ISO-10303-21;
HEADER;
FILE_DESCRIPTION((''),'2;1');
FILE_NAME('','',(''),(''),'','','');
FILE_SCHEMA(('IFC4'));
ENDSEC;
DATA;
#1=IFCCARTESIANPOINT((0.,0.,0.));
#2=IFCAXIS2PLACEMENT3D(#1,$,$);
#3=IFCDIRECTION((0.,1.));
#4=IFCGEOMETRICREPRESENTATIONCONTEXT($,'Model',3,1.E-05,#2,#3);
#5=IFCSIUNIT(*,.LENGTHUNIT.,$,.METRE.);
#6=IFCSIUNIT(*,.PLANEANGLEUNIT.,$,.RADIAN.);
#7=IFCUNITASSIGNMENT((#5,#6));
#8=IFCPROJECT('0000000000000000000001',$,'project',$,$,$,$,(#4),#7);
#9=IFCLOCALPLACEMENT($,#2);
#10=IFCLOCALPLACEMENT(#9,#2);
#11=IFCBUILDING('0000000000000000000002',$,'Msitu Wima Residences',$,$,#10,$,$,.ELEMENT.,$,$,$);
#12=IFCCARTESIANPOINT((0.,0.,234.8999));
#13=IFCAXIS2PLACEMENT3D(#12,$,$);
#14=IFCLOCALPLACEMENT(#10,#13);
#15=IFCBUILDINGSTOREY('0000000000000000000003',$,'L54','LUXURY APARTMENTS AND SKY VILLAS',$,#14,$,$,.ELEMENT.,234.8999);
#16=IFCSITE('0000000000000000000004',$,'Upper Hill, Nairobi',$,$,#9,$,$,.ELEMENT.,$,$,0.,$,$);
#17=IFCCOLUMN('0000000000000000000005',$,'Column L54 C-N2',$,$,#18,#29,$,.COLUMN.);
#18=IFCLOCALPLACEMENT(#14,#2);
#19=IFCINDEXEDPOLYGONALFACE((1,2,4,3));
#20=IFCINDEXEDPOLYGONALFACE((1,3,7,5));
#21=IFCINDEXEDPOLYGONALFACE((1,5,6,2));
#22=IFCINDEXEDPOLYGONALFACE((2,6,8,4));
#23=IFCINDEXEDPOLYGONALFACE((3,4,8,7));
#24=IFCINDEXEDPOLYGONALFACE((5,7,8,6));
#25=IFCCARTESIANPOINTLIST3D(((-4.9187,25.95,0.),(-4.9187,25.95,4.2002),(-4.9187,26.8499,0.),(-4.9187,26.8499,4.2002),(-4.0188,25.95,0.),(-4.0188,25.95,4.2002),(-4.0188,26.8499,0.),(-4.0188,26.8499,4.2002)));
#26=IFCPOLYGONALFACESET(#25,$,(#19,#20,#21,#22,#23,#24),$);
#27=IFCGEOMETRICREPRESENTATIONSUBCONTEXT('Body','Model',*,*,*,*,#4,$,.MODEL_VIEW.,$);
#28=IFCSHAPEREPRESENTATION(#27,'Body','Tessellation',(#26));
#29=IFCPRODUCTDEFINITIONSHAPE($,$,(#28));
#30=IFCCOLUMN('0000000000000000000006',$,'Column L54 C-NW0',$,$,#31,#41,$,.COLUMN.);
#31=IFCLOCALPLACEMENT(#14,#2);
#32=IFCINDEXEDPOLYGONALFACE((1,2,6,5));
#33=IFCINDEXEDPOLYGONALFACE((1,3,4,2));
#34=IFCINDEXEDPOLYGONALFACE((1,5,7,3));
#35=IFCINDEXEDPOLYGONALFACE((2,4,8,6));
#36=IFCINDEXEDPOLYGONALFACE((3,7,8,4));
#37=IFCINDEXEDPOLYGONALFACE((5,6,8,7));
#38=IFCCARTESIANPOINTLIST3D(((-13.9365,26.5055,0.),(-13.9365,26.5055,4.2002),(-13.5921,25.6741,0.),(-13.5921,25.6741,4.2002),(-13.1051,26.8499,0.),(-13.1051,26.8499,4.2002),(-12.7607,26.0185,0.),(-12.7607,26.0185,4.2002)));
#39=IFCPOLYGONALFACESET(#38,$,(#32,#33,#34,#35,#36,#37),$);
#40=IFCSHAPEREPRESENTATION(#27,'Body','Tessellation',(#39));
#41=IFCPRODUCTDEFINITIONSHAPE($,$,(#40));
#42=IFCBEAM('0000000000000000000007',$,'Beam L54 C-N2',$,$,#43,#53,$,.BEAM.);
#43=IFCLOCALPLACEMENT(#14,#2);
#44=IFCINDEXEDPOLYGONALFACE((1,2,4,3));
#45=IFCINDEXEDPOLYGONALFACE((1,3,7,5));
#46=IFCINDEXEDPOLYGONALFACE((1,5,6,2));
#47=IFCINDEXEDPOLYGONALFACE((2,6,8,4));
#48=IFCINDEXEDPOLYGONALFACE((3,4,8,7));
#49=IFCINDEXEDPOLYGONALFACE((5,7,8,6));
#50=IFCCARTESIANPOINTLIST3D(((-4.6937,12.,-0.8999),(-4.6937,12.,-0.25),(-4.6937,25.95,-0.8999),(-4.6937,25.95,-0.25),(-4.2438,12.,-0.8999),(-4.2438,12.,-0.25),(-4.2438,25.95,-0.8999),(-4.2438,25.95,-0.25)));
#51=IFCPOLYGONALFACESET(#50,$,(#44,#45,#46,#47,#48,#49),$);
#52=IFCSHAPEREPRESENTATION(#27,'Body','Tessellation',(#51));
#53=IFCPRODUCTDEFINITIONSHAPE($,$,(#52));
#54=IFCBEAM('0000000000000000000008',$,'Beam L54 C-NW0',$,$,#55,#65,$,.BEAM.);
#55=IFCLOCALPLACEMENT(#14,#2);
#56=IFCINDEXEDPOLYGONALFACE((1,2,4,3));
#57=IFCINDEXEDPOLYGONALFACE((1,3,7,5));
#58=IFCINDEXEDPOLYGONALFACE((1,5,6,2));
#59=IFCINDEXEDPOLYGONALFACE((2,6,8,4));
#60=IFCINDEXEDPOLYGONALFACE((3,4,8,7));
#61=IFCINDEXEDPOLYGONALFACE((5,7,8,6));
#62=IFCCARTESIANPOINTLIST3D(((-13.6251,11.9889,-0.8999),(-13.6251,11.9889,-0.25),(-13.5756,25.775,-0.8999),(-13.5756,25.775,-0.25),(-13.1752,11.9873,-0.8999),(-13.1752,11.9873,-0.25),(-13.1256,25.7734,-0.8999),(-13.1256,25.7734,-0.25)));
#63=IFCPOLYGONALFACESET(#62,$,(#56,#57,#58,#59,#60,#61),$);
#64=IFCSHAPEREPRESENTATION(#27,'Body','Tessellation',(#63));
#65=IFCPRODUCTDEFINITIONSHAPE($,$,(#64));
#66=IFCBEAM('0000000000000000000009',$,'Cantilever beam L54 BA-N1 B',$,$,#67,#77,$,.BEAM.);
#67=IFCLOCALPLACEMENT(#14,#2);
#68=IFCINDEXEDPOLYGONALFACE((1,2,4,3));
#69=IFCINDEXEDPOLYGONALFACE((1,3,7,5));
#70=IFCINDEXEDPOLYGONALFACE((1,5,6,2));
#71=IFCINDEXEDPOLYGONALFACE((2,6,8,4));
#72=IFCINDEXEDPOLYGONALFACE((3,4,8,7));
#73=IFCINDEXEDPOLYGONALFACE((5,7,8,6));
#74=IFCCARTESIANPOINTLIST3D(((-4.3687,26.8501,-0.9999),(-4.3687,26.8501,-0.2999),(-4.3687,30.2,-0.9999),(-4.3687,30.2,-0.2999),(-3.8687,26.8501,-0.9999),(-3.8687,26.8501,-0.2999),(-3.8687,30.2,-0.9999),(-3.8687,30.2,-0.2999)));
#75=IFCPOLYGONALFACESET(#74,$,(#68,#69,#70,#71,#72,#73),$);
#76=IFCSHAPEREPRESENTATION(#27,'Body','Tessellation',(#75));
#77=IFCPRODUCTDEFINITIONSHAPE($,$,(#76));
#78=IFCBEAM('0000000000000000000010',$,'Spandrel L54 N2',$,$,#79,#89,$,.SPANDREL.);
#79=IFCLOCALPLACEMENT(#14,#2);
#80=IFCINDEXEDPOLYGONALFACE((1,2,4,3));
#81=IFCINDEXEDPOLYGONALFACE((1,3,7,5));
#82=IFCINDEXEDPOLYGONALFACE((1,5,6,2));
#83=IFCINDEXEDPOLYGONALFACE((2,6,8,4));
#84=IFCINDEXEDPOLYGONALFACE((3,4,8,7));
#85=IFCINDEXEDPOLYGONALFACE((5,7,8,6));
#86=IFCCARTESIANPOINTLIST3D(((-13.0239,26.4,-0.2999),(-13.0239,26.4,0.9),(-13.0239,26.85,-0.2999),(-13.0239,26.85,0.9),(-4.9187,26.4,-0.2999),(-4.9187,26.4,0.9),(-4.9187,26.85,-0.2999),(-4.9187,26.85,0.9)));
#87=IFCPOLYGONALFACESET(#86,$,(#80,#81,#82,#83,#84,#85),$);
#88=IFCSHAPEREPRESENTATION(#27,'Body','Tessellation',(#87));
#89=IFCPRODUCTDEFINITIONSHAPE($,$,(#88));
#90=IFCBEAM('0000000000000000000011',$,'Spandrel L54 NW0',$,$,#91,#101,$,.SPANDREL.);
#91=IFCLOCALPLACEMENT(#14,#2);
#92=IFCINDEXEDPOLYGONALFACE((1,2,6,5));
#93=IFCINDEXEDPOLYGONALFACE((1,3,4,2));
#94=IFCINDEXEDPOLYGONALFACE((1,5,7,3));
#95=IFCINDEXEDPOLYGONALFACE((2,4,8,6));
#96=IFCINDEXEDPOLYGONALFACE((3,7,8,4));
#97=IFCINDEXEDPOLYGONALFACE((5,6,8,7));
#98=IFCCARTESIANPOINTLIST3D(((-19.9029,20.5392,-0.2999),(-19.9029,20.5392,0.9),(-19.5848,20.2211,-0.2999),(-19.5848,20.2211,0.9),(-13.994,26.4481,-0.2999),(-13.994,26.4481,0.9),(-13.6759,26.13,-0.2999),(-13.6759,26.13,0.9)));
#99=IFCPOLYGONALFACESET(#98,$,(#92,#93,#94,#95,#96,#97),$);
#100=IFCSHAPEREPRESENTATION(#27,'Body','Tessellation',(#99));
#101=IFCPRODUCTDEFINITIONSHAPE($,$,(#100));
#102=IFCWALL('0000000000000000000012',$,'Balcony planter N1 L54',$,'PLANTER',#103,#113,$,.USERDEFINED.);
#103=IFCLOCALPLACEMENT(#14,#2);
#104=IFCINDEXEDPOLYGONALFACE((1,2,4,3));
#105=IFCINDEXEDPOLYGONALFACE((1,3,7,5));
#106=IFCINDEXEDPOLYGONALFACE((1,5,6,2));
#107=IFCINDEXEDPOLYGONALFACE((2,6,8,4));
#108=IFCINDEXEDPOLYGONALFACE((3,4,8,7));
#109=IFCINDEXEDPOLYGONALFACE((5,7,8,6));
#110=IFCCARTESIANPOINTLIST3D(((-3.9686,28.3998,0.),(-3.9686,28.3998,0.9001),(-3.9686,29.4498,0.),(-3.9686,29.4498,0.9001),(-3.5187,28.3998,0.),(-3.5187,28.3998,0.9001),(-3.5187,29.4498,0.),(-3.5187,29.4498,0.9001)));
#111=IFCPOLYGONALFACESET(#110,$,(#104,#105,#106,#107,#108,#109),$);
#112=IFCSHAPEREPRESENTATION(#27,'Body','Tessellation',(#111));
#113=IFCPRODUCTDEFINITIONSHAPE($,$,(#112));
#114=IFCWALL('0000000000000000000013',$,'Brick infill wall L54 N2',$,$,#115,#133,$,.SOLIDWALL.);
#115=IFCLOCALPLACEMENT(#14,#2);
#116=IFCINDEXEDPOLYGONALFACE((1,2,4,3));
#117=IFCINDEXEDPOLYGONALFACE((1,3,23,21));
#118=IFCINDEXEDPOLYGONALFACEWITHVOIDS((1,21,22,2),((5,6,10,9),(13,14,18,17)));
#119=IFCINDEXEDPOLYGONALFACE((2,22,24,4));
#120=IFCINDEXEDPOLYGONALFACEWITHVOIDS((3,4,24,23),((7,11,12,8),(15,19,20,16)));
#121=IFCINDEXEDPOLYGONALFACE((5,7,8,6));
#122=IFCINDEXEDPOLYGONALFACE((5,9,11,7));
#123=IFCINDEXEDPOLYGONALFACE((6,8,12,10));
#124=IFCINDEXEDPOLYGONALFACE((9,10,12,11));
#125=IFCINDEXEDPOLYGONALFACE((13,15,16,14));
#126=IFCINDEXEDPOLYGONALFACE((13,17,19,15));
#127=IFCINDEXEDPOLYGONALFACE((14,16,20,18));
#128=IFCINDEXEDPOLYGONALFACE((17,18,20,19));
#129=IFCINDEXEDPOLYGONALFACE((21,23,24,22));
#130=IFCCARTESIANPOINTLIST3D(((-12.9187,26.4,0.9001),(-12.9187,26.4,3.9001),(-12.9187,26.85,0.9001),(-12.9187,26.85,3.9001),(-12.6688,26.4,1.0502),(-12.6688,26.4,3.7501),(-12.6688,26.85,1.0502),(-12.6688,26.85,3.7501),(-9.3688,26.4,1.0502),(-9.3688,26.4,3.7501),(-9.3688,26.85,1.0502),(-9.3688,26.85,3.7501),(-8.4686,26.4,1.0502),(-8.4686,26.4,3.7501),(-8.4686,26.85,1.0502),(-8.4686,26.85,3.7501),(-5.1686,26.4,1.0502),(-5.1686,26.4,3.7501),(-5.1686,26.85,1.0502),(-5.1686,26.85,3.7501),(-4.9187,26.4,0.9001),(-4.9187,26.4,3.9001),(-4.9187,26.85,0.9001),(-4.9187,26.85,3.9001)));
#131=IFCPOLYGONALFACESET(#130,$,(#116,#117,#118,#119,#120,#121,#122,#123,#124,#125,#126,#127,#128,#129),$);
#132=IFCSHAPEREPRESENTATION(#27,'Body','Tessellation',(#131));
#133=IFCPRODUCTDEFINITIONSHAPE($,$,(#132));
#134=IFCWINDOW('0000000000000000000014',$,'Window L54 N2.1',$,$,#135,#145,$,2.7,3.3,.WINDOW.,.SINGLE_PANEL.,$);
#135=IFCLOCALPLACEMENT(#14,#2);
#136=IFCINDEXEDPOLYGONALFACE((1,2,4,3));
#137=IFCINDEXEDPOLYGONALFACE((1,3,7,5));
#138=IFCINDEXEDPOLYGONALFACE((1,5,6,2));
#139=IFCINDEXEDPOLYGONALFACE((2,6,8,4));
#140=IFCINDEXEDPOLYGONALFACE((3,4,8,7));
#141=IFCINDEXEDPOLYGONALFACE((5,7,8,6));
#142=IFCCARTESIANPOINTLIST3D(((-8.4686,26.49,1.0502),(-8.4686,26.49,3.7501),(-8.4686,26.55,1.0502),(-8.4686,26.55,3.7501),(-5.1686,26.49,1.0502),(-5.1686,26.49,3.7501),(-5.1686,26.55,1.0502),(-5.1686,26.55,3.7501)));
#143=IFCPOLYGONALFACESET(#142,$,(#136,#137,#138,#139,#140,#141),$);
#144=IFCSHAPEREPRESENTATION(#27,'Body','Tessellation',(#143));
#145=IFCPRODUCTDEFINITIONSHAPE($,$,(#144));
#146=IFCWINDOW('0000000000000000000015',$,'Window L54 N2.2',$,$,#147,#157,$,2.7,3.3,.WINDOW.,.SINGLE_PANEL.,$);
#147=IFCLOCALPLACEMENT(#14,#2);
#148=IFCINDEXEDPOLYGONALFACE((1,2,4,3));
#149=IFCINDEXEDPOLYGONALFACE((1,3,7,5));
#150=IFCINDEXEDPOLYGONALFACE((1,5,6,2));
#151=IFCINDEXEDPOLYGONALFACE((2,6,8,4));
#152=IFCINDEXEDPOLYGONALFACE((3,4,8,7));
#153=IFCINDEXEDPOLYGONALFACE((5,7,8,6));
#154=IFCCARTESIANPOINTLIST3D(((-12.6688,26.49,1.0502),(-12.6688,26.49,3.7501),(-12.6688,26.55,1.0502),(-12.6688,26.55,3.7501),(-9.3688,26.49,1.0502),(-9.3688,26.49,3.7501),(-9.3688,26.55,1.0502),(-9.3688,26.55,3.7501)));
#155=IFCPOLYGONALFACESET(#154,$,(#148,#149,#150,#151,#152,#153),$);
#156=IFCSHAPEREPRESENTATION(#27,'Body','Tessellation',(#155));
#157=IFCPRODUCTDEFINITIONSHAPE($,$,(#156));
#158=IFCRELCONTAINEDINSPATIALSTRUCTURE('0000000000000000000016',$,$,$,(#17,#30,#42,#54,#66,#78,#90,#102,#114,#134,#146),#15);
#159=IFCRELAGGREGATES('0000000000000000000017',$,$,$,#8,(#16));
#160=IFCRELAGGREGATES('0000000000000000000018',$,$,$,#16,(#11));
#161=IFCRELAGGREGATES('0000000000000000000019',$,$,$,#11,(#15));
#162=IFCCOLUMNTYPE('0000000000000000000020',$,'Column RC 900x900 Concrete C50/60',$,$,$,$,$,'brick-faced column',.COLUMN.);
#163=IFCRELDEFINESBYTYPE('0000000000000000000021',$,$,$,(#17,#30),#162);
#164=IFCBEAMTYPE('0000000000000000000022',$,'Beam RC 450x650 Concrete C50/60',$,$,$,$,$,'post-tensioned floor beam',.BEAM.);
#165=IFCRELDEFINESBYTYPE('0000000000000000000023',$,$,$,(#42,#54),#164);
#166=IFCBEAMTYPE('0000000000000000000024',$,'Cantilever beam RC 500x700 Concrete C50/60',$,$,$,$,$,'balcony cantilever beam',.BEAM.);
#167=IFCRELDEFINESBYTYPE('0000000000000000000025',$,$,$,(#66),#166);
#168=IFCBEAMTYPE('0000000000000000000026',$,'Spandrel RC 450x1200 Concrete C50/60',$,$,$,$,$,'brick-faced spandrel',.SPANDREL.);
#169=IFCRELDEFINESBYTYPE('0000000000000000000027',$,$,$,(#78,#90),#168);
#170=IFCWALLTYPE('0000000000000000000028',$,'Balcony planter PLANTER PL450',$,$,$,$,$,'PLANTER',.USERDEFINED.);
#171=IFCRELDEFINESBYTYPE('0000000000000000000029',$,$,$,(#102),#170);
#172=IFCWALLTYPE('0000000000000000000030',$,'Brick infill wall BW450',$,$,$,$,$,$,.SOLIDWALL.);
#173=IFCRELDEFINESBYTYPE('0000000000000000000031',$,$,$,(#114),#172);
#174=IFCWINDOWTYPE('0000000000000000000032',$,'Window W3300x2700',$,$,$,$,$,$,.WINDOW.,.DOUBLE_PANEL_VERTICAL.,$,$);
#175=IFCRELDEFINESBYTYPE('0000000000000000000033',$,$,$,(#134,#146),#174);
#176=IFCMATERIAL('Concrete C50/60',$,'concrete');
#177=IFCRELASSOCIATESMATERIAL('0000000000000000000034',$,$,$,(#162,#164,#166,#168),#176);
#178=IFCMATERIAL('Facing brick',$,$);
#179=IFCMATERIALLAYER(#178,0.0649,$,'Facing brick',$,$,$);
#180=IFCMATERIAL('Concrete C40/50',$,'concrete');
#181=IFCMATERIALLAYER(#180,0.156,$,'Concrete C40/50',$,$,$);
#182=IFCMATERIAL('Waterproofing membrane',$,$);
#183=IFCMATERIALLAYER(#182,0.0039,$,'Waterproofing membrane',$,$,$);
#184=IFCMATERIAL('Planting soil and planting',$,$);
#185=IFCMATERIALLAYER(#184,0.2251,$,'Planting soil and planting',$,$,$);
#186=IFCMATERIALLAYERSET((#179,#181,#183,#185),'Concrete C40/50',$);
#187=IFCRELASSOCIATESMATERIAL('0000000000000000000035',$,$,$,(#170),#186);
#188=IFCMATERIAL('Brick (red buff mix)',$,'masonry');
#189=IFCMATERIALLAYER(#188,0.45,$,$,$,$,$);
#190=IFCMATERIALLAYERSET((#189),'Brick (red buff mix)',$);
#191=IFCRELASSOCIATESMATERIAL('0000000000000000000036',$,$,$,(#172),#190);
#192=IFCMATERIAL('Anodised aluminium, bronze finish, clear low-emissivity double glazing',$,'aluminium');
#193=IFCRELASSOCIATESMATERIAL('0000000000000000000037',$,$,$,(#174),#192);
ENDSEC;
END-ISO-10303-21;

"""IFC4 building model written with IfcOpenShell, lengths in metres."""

from ifc_helpers import new_model, si_unit, direction, frame, frame_2d, origin, origin_2d, place, context, subcontext, project, spatial, rectangle, extrude, material, layer, layer_set, material_profile, profile_set, type_object, element, fill, save


model = new_model("IFC4")

# Units and contexts
model_context = context("Model", 3, precision=1e-05, world=origin(), true_north=direction((0.0, 1.0)))
body_context = subcontext(model_context, "Body", "Model", "MODEL_VIEW")
ifc_project = project(units=[si_unit("LENGTHUNIT", "METRE"), si_unit("PLANEANGLEUNIT", "RADIAN")], contexts=[model_context])

# Site, building, storey
site_placement = place(None, origin())
site = spatial("IfcSite", under=ifc_project, at=site_placement, Name="Upper Hill, Nairobi", CompositionType="ELEMENT", RefElevation=0.0)
building_placement = place(site_placement, origin())
building = spatial("IfcBuilding", under=site, at=building_placement, Name="Msitu Wima Residences", CompositionType="ELEMENT")
storey_placement = place(building_placement, frame((0.0, 0.0, 234.8999)))
storey = spatial("IfcBuildingStorey", under=building, at=storey_placement, Name="L54", Description="LUXURY APARTMENTS AND SKY VILLAS", CompositionType="ELEMENT", Elevation=234.8999)

# Columns
ifc_material_1 = material(Name="Concrete C50/60", Category="concrete")
ifc_material_profile_1 = material_profile(ifc_material_1, rectangle(XDim=0.8999, YDim=0.8999, at=origin_2d()), Name="RC 900x900")
ifc_profile_set_1 = profile_set([ifc_material_profile_1], Name="Concrete C50/60")
column_type = type_object("IfcColumnType", Name="Column RC 900x900 Concrete C50/60", ElementType="brick-faced column", PredefinedType="COLUMN", material=ifc_profile_set_1)
for number, where, z_axis, x_axis, name in (
    (1, (-4.4688, 26.3999, 0.0), (0.0, 0.0, 1.0), (-1.0, 0.0, 0.0), "Column L54 C-N2"),
    (2, (-13.3486, 26.262, 0.0), (0.0, 0.0, 1.0), (-0.92388, -0.382683, 0.0), "Column L54 C-NW0"),
):
    element("IfcColumn", number, at=place(storey_placement, frame(where, z_axis=z_axis, x_axis=x_axis)), inside=storey, type_object=column_type, Name=name, PredefinedType="COLUMN", context=body_context, shape_type="SweptSolid", body=[
        extrude(rectangle(XDim=0.8999, YDim=0.8999, at=origin_2d()), origin(), (0.0, 0.0, 1.0), 4.2002),
    ])

# Beams
ifc_material_profile_2 = material_profile(ifc_material_1, rectangle(XDim=0.45, YDim=0.6499, at=origin_2d()), Name="RC 450x650")
ifc_profile_set_2 = profile_set([ifc_material_profile_2], Name="Concrete C50/60")
beam_type_1 = type_object("IfcBeamType", Name="Beam RC 450x650 Concrete C50/60", ElementType="post-tensioned floor beam", PredefinedType="BEAM", material=ifc_profile_set_2)
beam_1_placement = place(storey_placement, frame((-4.4688, 25.95, -0.575), z_axis=(0.0, -1.0, 0.0), x_axis=(1.0, 0.0, 0.0)))
element("IfcBeam", 3, at=beam_1_placement, inside=storey, type_object=beam_type_1, Name="Beam L54 C-N2", PredefinedType="BEAM", context=body_context, shape_type="SweptSolid", body=[
    extrude(rectangle(XDim=0.45, YDim=0.6499, at=origin_2d()), origin(), (0.0, 0.0, 1.0), 13.95),
])
beam_2_placement = place(storey_placement, frame((-13.3506, 25.7742, -0.575), z_axis=(-0.003595, -0.999994, 0.0), x_axis=(0.999994, -0.003595, 0.0)))
element("IfcBeam", 4, at=beam_2_placement, inside=storey, type_object=beam_type_1, Name="Beam L54 C-NW0", PredefinedType="BEAM", context=body_context, shape_type="SweptSolid", body=[
    extrude(rectangle(XDim=0.45, YDim=0.6499, at=origin_2d()), origin(), (0.0, 0.0, 1.0), 13.7861),
])
ifc_material_profile_3 = material_profile(ifc_material_1, rectangle(XDim=0.5, YDim=0.7, at=origin_2d()), Name="RC 500x700")
ifc_profile_set_3 = profile_set([ifc_material_profile_3], Name="Concrete C50/60")
beam_type_2 = type_object("IfcBeamType", Name="Cantilever beam RC 500x700 Concrete C50/60", ElementType="balcony cantilever beam", PredefinedType="BEAM", material=ifc_profile_set_3)
beam_3_placement = place(storey_placement, frame((-4.1187, 26.8501, -0.6499), z_axis=(0.0, 1.0, 0.0), x_axis=(-1.0, 0.0, 0.0)))
element("IfcBeam", 5, at=beam_3_placement, inside=storey, type_object=beam_type_2, Name="Cantilever beam L54 BA-N1 B", PredefinedType="BEAM", context=body_context, shape_type="SweptSolid", body=[
    extrude(rectangle(XDim=0.5, YDim=0.7, at=origin_2d()), origin(), (0.0, 0.0, 1.0), 3.3499),
])
ifc_material_profile_4 = material_profile(ifc_material_1, rectangle(XDim=0.45, YDim=1.2, at=origin_2d()), Name="RC 450x1200")
ifc_profile_set_4 = profile_set([ifc_material_profile_4], Name="Concrete C50/60")
beam_type_3 = type_object("IfcBeamType", Name="Spandrel RC 450x1200 Concrete C50/60", ElementType="brick-faced spandrel", PredefinedType="SPANDREL", material=ifc_profile_set_4)
beam_4_placement = place(storey_placement, frame((-4.9187, 26.625, 0.3), z_axis=(-1.0, 0.0, 0.0), x_axis=(0.0, -1.0, 0.0)))
element("IfcBeam", 6, at=beam_4_placement, inside=storey, type_object=beam_type_3, Name="Spandrel L54 N2", PredefinedType="SPANDREL", context=body_context, shape_type="SweptSolid", body=[
    extrude(rectangle(XDim=0.45, YDim=1.2, at=origin_2d()), origin(), (0.0, 0.0, 1.0), 8.1052),
])
beam_5_placement = place(storey_placement, frame((-13.835, 26.2891, 0.3), z_axis=(-0.707107, -0.707107, 0.0), x_axis=(0.707107, -0.707107, 0.0)))
element("IfcBeam", 7, at=beam_5_placement, inside=storey, type_object=beam_type_3, Name="Spandrel L54 NW0", PredefinedType="SPANDREL", context=body_context, shape_type="SweptSolid", body=[
    extrude(rectangle(XDim=0.45, YDim=1.2, at=origin_2d()), origin(), (0.0, 0.0, 1.0), 8.3564),
])

# Wall
ifc_material_2 = material(Name="Facing brick")
ifc_layer_1 = layer(ifc_material_2, 0.0649, Name="Facing brick")
ifc_material_3 = material(Name="Concrete C40/50", Category="concrete")
ifc_layer_2 = layer(ifc_material_3, 0.156, Name="Concrete C40/50")
ifc_material_4 = material(Name="Waterproofing membrane")
ifc_layer_3 = layer(ifc_material_4, 0.0039, Name="Waterproofing membrane")
ifc_material_5 = material(Name="Planting soil and planting")
ifc_layer_4 = layer(ifc_material_5, 0.2251, Name="Planting soil and planting")
ifc_layer_set_1 = layer_set([ifc_layer_1, ifc_layer_2, ifc_layer_3, ifc_layer_4], Name="Concrete C40/50")
wall_type_1 = type_object("IfcWallType", Name="Balcony planter PLANTER PL450", ElementType="PLANTER", PredefinedType="USERDEFINED", material=ifc_layer_set_1)
wall_1_placement = place(storey_placement, frame((-3.7437, 28.3999, 0.0), z_axis=(0.0, 0.0, 1.0), x_axis=(0.0, 1.0, 0.0)))
element("IfcWall", 8, at=wall_1_placement, inside=storey, type_object=wall_type_1, Name="Balcony planter N1 L54", ObjectType="PLANTER", PredefinedType="USERDEFINED", context=body_context, shape_type="SweptSolid", body=[
    extrude(rectangle(XDim=1.05, YDim=0.45, at=frame_2d((0.5249, 0.0))), origin(), (0.0, 0.0, 1.0), 0.9001),
])

# Wall, openings, windows
ifc_material_6 = material(Name="Brick (red buff mix)", Category="masonry")
ifc_layer_5 = layer(ifc_material_6, 0.45)
ifc_layer_set_2 = layer_set([ifc_layer_5], Name="Brick (red buff mix)")
wall_type_2 = type_object("IfcWallType", Name="Brick infill wall BW450", PredefinedType="SOLIDWALL", material=ifc_layer_set_2)
wall_2_placement = place(storey_placement, frame((-4.9187, 26.625, 0.9001), z_axis=(0.0, 0.0, 1.0), x_axis=(-1.0, 0.0, 0.0)))
wall_2 = element("IfcWall", 9, at=wall_2_placement, inside=storey, type_object=wall_type_2, Name="Brick infill wall L54 N2", PredefinedType="SOLIDWALL", context=body_context, shape_type="SweptSolid", body=[
    extrude(rectangle(XDim=8.0, YDim=0.45, at=frame_2d((4.0, 0.0))), origin(), (0.0, 0.0, 1.0), 3.0),
])
opening_1_placement = place(wall_2_placement, frame((0.25, 0.0, 0.1499)))
opening_1 = element("IfcOpeningElement", 10, at=opening_1_placement, cuts=wall_2, PredefinedType="OPENING", context=body_context, shape_type="SweptSolid", body=[
    extrude(rectangle(XDim=3.3, YDim=2.7, at=frame_2d((1.6499, 1.3501))), frame((0.0, 0.2349, 0.0), z_axis=(0.0, -1.0, 0.0), x_axis=(1.0, 0.0, 0.0)), (0.0, 0.0, 1.0), 0.47),
])
opening_2_placement = place(wall_2_placement, frame((4.4502, 0.0, 0.1499)))
opening_2 = element("IfcOpeningElement", 11, at=opening_2_placement, cuts=wall_2, PredefinedType="OPENING", context=body_context, shape_type="SweptSolid", body=[
    extrude(rectangle(XDim=3.3, YDim=2.7, at=frame_2d((1.6499, 1.3501))), frame((0.0, 0.2349, 0.0), z_axis=(0.0, -1.0, 0.0), x_axis=(1.0, 0.0, 0.0)), (0.0, 0.0, 1.0), 0.47),
])
ifc_material_7 = material(Name="Anodised aluminium, bronze finish, clear low-emissivity double glazing", Category="aluminium")
window_type = type_object("IfcWindowType", Name="Window W3300x2700", PartitioningType="DOUBLE_PANEL_VERTICAL", PredefinedType="WINDOW", material=ifc_material_7)
window_1_placement = place(opening_1_placement, origin())
window_1 = element("IfcWindow", 12, at=window_1_placement, inside=storey, type_object=window_type, Name="Window L54 N2.1", OverallHeight=2.7, OverallWidth=3.3, PartitioningType="SINGLE_PANEL", PredefinedType="WINDOW", context=body_context, shape_type="SweptSolid", body=[
    extrude(rectangle(XDim=3.3, YDim=2.7, at=frame_2d((1.6499, 1.3501))), frame((0.0, 0.135, 0.0), z_axis=(0.0, -1.0, 0.0), x_axis=(1.0, 0.0, 0.0)), (0.0, 0.0, 1.0), 0.0601),
])
fill(opening_1, window_1)
window_2_placement = place(opening_2_placement, origin())
window_2 = element("IfcWindow", 13, at=window_2_placement, inside=storey, type_object=window_type, Name="Window L54 N2.2", OverallHeight=2.7, OverallWidth=3.3, PartitioningType="SINGLE_PANEL", PredefinedType="WINDOW", context=body_context, shape_type="SweptSolid", body=[
    extrude(rectangle(XDim=3.3, YDim=2.7, at=frame_2d((1.6499, 1.3501))), frame((0.0, 0.135, 0.0), z_axis=(0.0, -1.0, 0.0), x_axis=(1.0, 0.0, 0.0)), (0.0, 0.0, 1.0), 0.0601),
])
fill(opening_2, window_2)

save(model, "model.ifc")
